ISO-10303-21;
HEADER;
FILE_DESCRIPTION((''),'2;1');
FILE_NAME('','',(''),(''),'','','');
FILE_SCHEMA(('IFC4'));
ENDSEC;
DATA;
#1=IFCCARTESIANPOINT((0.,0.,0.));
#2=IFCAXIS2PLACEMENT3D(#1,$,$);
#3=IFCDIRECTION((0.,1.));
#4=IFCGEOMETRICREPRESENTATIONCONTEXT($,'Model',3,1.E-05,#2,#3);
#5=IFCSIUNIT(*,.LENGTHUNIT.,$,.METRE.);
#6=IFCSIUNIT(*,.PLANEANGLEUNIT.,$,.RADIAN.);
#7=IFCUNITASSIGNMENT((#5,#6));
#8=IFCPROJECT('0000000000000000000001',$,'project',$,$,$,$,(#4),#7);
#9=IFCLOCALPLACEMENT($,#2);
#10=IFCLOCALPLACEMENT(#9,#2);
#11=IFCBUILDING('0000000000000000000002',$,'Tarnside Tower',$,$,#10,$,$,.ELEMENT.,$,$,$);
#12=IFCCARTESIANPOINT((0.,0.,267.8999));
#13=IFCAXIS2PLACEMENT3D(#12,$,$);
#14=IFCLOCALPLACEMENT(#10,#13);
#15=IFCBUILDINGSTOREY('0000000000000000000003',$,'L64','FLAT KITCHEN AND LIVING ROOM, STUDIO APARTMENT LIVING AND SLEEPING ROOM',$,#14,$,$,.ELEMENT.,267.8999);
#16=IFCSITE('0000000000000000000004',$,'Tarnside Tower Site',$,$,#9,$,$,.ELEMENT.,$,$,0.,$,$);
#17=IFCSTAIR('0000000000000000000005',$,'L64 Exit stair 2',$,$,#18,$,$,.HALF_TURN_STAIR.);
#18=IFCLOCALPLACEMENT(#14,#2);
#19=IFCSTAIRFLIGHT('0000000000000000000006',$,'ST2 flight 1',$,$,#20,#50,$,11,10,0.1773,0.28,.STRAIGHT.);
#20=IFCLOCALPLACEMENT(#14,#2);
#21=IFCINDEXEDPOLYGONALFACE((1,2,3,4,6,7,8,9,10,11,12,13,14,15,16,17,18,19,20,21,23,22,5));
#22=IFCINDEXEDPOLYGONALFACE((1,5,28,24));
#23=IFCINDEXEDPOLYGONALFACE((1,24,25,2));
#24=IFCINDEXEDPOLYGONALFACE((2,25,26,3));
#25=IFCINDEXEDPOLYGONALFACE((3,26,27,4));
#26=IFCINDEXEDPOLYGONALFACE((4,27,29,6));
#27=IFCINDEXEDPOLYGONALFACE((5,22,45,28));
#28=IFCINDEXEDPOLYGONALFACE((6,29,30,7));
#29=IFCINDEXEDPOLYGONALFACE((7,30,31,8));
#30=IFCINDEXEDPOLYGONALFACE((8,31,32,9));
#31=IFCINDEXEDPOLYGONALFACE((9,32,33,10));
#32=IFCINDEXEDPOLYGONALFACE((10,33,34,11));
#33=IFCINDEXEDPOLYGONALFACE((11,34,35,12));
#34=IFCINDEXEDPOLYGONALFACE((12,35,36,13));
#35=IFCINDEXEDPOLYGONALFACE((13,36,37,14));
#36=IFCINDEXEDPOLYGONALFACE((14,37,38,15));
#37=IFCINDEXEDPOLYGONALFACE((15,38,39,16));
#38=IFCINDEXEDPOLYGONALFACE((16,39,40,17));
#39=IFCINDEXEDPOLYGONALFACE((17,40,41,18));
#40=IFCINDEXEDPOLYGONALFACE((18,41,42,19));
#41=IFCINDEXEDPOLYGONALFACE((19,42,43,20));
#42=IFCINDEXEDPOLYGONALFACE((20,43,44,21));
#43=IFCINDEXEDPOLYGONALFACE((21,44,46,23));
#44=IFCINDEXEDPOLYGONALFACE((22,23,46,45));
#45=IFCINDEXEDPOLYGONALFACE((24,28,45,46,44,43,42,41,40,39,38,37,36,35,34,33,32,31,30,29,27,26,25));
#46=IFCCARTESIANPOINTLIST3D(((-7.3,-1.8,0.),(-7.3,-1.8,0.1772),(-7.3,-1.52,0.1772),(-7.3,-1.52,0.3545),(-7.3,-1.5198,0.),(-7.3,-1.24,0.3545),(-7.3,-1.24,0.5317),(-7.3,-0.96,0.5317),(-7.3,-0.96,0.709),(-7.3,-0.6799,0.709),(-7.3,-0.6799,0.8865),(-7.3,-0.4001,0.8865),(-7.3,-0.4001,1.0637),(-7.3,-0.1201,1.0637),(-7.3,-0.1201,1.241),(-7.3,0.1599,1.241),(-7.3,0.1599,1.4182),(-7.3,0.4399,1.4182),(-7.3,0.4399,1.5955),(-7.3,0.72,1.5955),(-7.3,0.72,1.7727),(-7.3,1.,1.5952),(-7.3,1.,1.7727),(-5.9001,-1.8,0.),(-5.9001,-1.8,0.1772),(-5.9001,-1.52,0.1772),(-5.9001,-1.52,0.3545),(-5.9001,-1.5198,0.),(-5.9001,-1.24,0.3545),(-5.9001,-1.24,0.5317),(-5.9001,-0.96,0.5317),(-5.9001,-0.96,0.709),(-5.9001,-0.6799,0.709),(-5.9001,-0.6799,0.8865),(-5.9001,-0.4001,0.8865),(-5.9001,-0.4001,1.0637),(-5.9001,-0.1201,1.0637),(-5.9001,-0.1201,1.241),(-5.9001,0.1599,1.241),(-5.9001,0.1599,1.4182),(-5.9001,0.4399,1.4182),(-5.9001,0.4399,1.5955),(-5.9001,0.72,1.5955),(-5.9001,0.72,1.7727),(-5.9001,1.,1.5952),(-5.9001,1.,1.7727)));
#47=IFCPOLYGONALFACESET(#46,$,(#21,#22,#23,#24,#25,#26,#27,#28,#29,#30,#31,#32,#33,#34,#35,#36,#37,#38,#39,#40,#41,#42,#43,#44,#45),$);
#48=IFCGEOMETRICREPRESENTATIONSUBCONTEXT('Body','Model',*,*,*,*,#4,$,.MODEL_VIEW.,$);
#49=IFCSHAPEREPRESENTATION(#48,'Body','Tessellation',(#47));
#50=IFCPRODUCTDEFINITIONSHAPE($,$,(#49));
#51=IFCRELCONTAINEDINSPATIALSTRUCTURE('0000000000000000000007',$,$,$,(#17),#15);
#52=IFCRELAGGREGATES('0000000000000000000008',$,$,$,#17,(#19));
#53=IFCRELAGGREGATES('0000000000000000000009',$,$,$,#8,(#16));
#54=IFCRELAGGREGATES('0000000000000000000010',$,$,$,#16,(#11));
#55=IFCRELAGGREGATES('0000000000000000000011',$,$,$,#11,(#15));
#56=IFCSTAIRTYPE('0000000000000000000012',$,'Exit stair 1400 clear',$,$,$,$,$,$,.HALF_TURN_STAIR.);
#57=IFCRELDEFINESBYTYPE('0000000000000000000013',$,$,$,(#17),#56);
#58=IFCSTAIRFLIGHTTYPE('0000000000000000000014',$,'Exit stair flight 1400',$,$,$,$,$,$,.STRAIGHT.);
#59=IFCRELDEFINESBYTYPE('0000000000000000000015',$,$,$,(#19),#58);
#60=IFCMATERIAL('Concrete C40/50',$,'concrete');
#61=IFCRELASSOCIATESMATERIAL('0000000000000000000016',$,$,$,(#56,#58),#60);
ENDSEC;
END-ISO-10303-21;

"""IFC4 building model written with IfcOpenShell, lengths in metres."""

from ifc_helpers import new_model, si_unit, direction, frame, origin, place, context, subcontext, project, spatial, polyline, outline, extrude, material, type_object, element, aggregate, save


model = new_model("IFC4")

# Units and contexts
model_context = context("Model", 3, precision=1e-05, world=origin(), true_north=direction((0.0, 1.0)))
body_context = subcontext(model_context, "Body", "Model", "MODEL_VIEW")
ifc_project = project(units=[si_unit("LENGTHUNIT", "METRE"), si_unit("PLANEANGLEUNIT", "RADIAN")], contexts=[model_context])

# Site, building, storey
site_placement = place(None, origin())
site = spatial("IfcSite", under=ifc_project, at=site_placement, Name="Tarnside Tower Site", CompositionType="ELEMENT", RefElevation=0.0)
building_placement = place(site_placement, origin())
building = spatial("IfcBuilding", under=site, at=building_placement, Name="Tarnside Tower", CompositionType="ELEMENT")
storey_placement = place(building_placement, frame((0.0, 0.0, 267.8999)))
storey = spatial("IfcBuildingStorey", under=building, at=storey_placement, Name="L64", Description="FLAT KITCHEN AND LIVING ROOM, STUDIO APARTMENT LIVING AND SLEEPING ROOM", CompositionType="ELEMENT", Elevation=267.8999)

# Shared definitions
ifc_material_1 = material(Name="Concrete C40/50", Category="concrete")

# Stair, stair flight
stair_type = type_object("IfcStairType", Name="Exit stair 1400 clear", PredefinedType="HALF_TURN_STAIR", material=ifc_material_1)
stair_placement = place(storey_placement, origin())
stair = element("IfcStair", 1, at=stair_placement, inside=storey, type_object=stair_type, Name="L64 Exit stair 2", PredefinedType="HALF_TURN_STAIR")
stair_flight_type = type_object("IfcStairFlightType", Name="Exit stair flight 1400", PredefinedType="STRAIGHT", material=ifc_material_1)
stair_flight_placement = place(storey_placement, frame((-6.6001, -1.8, 0.0), z_axis=(0.0, 0.0, 1.0), x_axis=(0.0, 1.0, 0.0)))
stair_flight = element("IfcStairFlight", 2, at=stair_flight_placement, type_object=stair_flight_type, Name="ST2 flight 1", NumberOfRisers=11, NumberOfTreads=10, PredefinedType="STRAIGHT", RiserHeight=0.1773, TreadLength=0.28, context=body_context, shape_type="SweptSolid", body=[
    extrude(outline(polyline([(0.0, 0.0), (0.0, 0.1772), (0.28, 0.1772), (0.28, 0.3545), (0.5601, 0.3545), (0.5601, 0.5317), (0.8401, 0.5317), (0.8401, 0.709), (1.1201, 0.709), (1.1201, 0.8865), (1.3999, 0.8865), (1.3999, 1.0637), (1.6799, 1.0637), (1.6799, 1.241), (1.96, 1.241), (1.96, 1.4182), (2.24, 1.4182), (2.24, 1.5955), (2.52, 1.5955), (2.52, 1.7727), (2.8, 1.7727), (2.8, 1.95), (2.8, 1.5952), (0.2803, 0.0), (0.0, 0.0)])), frame((0.0, 0.7, 0.0), z_axis=(0.0, -1.0, 0.0), x_axis=(1.0, 0.0, 0.0)), (0.0, 0.0, 1.0), 1.3999),
])
aggregate(stair, [stair_flight])

save(model, "model.ifc")
